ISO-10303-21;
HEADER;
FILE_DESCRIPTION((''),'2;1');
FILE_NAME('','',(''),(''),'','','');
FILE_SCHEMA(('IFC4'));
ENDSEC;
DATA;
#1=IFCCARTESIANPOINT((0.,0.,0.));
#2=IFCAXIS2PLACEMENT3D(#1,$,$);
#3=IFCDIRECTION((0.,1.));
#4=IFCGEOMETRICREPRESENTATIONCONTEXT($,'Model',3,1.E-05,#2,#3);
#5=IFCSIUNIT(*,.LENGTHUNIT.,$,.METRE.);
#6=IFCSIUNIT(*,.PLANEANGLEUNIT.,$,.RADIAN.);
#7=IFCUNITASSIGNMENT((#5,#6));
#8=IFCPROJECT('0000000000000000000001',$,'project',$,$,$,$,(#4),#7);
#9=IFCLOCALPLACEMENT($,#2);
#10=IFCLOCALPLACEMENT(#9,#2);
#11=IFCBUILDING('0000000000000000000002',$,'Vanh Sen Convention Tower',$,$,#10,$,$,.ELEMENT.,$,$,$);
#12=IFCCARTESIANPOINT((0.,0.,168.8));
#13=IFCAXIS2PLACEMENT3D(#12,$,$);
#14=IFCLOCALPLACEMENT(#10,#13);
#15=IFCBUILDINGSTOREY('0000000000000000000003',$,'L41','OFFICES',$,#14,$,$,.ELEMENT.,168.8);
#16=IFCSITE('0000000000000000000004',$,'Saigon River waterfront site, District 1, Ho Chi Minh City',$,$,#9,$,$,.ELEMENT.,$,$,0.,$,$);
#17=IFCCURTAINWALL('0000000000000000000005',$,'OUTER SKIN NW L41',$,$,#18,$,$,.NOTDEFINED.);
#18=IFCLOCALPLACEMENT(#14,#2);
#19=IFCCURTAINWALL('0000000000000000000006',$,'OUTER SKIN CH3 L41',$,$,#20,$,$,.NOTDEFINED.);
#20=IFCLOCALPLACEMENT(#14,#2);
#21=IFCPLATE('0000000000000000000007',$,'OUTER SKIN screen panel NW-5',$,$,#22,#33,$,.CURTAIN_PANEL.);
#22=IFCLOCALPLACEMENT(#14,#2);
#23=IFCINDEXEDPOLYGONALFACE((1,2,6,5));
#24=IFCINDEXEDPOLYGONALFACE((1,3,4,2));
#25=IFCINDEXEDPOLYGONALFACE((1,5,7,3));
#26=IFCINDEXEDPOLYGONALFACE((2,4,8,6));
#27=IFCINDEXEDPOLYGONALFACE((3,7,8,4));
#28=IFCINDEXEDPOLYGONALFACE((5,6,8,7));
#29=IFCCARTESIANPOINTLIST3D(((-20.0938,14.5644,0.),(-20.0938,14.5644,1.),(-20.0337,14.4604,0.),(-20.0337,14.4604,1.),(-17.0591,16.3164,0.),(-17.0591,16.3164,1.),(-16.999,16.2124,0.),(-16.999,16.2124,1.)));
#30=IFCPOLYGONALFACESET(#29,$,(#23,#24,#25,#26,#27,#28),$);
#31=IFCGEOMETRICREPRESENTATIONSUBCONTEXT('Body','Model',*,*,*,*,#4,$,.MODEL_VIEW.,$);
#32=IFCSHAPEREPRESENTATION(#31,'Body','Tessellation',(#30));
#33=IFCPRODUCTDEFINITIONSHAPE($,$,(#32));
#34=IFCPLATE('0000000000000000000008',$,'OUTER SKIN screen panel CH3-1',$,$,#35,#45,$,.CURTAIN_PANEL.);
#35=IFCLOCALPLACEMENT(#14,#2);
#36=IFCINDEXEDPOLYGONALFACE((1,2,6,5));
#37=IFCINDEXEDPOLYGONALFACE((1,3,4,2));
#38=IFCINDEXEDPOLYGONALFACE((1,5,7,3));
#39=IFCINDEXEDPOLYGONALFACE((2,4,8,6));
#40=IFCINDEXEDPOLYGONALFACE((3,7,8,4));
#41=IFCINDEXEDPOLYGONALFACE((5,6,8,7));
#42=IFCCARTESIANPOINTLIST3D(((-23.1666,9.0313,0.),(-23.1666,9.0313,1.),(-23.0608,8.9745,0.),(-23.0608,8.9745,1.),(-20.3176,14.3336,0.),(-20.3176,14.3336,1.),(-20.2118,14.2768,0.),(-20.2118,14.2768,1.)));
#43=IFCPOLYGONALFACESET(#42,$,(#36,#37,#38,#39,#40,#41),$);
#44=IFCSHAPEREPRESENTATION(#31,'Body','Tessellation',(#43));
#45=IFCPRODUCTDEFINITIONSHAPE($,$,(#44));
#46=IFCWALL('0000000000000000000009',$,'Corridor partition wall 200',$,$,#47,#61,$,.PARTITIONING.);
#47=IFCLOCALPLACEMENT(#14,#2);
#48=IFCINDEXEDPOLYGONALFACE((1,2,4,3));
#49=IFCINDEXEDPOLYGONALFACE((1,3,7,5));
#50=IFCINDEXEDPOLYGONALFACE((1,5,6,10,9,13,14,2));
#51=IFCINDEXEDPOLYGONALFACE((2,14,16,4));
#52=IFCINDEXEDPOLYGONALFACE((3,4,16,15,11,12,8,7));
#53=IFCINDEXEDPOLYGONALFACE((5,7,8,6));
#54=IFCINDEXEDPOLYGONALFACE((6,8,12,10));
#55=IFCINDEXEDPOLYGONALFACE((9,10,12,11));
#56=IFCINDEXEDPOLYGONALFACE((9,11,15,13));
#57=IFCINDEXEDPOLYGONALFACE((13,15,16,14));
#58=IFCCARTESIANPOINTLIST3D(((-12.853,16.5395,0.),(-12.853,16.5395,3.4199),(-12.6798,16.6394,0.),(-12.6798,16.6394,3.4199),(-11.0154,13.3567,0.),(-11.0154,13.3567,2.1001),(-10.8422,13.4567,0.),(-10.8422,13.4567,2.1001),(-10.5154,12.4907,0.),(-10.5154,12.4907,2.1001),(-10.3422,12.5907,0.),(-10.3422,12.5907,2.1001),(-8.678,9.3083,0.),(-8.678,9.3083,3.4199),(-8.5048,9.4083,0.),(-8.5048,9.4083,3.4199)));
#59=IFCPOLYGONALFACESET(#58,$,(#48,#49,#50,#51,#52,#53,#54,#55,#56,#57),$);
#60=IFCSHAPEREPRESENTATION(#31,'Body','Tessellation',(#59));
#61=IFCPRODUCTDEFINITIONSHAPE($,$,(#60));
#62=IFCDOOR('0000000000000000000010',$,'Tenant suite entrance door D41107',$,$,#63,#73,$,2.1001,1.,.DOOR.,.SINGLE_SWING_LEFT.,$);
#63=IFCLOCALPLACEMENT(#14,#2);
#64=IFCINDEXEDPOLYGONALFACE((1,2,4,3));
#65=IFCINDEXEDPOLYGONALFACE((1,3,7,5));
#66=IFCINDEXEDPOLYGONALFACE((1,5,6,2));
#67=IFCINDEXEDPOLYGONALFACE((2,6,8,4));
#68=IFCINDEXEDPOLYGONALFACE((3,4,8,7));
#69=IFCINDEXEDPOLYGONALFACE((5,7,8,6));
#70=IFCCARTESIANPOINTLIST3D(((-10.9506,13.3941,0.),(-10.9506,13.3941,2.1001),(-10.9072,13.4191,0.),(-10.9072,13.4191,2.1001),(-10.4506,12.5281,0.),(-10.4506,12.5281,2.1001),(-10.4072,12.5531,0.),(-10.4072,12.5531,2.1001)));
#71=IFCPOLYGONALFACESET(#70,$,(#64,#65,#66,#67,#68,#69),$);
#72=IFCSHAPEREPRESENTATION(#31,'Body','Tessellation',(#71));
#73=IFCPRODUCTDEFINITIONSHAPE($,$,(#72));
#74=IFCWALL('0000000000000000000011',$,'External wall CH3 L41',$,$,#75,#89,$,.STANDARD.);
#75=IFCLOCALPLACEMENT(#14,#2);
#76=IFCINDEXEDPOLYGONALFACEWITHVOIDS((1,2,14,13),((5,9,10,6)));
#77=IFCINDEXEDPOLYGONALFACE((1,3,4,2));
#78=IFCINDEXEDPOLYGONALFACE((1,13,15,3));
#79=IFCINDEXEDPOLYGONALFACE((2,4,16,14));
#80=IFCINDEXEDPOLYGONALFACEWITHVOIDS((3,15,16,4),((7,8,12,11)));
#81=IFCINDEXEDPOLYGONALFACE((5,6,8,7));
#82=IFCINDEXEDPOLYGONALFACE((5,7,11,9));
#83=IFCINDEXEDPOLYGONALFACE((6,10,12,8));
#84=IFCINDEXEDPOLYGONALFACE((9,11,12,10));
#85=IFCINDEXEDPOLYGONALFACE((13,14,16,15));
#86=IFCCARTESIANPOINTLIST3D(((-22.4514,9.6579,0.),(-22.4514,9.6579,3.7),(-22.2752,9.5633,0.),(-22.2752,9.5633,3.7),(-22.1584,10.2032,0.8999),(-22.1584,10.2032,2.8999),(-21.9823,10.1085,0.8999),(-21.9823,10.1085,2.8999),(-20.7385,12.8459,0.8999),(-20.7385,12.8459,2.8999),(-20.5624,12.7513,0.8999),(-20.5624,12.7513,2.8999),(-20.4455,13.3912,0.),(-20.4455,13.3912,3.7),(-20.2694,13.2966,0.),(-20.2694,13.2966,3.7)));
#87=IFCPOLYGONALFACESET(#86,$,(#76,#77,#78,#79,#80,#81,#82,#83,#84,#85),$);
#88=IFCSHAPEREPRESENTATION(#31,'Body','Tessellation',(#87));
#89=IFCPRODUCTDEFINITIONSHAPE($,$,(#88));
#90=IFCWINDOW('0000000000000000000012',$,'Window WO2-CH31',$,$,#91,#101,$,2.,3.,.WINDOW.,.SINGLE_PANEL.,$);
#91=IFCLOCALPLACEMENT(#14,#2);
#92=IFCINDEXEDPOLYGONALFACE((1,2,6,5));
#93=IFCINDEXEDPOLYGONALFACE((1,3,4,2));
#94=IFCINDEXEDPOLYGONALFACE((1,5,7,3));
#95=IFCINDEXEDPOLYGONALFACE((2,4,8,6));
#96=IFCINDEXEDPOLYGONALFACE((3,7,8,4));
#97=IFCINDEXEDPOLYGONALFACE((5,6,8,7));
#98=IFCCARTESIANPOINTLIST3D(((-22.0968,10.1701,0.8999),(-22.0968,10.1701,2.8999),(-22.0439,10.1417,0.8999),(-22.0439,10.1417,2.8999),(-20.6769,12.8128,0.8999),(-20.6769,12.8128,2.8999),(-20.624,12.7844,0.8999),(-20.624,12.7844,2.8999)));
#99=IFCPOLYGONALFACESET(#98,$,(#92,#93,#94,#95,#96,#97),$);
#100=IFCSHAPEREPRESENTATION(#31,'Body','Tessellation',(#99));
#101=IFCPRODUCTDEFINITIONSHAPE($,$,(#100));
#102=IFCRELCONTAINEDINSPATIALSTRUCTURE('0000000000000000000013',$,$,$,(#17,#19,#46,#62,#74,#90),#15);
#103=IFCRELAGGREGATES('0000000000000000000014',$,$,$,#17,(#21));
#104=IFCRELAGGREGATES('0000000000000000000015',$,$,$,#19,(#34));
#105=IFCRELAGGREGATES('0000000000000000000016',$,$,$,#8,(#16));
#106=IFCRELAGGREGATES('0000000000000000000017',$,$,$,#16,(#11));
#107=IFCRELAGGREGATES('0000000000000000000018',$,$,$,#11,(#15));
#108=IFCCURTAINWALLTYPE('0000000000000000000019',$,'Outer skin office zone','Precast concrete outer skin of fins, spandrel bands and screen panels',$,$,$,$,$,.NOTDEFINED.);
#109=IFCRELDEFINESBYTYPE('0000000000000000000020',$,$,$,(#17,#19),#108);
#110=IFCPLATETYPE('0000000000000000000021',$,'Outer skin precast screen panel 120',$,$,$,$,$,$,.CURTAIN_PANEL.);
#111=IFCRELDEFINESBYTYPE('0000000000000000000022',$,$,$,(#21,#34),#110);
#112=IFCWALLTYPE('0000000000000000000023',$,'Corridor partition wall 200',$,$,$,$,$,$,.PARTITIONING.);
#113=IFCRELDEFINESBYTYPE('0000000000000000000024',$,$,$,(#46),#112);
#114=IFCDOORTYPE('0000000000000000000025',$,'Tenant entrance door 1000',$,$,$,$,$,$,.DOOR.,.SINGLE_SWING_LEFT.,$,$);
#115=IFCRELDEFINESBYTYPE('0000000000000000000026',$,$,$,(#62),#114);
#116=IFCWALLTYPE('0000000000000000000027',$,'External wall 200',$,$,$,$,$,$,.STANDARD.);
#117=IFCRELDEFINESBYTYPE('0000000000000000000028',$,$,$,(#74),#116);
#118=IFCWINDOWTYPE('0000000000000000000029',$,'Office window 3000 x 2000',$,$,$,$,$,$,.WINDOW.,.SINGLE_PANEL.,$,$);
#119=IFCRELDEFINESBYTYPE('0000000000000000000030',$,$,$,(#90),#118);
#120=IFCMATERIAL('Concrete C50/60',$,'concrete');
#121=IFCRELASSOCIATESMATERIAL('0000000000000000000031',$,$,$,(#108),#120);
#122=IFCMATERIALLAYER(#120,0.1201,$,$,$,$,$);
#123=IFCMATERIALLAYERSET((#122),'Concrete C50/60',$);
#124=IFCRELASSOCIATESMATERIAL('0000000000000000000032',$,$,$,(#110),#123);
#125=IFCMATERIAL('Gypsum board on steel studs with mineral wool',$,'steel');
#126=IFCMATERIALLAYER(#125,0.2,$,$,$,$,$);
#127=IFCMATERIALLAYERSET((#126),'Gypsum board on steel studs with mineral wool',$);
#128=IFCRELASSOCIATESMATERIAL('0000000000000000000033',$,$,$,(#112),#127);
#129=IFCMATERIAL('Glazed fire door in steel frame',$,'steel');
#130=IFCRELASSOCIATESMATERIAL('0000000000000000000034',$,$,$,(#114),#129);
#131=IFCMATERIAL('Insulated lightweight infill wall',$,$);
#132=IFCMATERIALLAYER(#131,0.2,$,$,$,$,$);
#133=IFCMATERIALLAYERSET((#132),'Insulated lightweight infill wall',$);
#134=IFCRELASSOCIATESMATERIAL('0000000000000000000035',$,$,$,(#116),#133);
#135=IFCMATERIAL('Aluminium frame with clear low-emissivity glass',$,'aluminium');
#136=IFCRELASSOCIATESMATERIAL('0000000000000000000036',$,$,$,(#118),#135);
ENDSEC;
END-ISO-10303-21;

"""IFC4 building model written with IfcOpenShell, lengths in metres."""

from ifc_helpers import new_model, si_unit, direction, frame, frame_2d, origin, origin_2d, place, context, subcontext, project, spatial, rectangle, extrude, material, layer, layer_set, type_object, element, fill, aggregate, save


model = new_model("IFC4")

# Units and contexts
model_context = context("Model", 3, precision=1e-05, world=origin(), true_north=direction((0.0, 1.0)))
body_context = subcontext(model_context, "Body", "Model", "MODEL_VIEW")
ifc_project = project(units=[si_unit("LENGTHUNIT", "METRE"), si_unit("PLANEANGLEUNIT", "RADIAN")], contexts=[model_context])

# Site, building, storey
site_placement = place(None, origin())
site = spatial("IfcSite", under=ifc_project, at=site_placement, Name="Saigon River waterfront site, District 1, Ho Chi Minh City", CompositionType="ELEMENT", RefElevation=0.0)
building_placement = place(site_placement, origin())
building = spatial("IfcBuilding", under=site, at=building_placement, Name="Vanh Sen Convention Tower", CompositionType="ELEMENT")
storey_placement = place(building_placement, frame((0.0, 0.0, 168.8)))
storey = spatial("IfcBuildingStorey", under=building, at=storey_placement, Name="L41", Description="OFFICES", CompositionType="ELEMENT", Elevation=168.8)

# Curtain wall
ifc_material_1 = material(Name="Concrete C50/60", Category="concrete")
curtain_wall_type = type_object("IfcCurtainWallType", Name="Outer skin office zone", Description="Precast concrete outer skin of fins, spandrel bands and screen panels", PredefinedType="NOTDEFINED", material=ifc_material_1)
curtain_wall_1_placement = place(storey_placement, origin())
curtain_wall_1 = element("IfcCurtainWall", 1, at=curtain_wall_1_placement, inside=storey, type_object=curtain_wall_type, Name="OUTER SKIN NW L41", PredefinedType="NOTDEFINED")

# Curtain wall
curtain_wall_2_placement = place(storey_placement, origin())
curtain_wall_2 = element("IfcCurtainWall", 2, at=curtain_wall_2_placement, inside=storey, type_object=curtain_wall_type, Name="OUTER SKIN CH3 L41", PredefinedType="NOTDEFINED")

# Plates
ifc_layer_1 = layer(ifc_material_1, 0.1201)
ifc_layer_set_1 = layer_set([ifc_layer_1], Name="Concrete C50/60")
plate_type = type_object("IfcPlateType", Name="Outer skin precast screen panel 120", PredefinedType="CURTAIN_PANEL", material=ifc_layer_set_1)
plate_1_placement = place(storey_placement, frame((-18.5464, 15.3884, 0.0), z_axis=(0.0, 0.0, 1.0), x_axis=(-0.866035, -0.499983, 0.0)))
plate_1 = element("IfcPlate", 3, at=plate_1_placement, type_object=plate_type, Name="OUTER SKIN screen panel NW-5", PredefinedType="CURTAIN_PANEL", context=body_context, shape_type="SweptSolid", body=[
    extrude(rectangle(XDim=3.5042, YDim=0.1201, at=origin_2d()), origin(), (0.0, 0.0, 1.0), 1.0),
])
aggregate(curtain_wall_1, [plate_1])
plate_2_placement = place(storey_placement, frame((-21.6892, 11.6541, 0.0), z_axis=(0.0, 0.0, 1.0), x_axis=(-0.473318, -0.880892, 0.0)))
plate_2 = element("IfcPlate", 4, at=plate_2_placement, type_object=plate_type, Name="OUTER SKIN screen panel CH3-1", PredefinedType="CURTAIN_PANEL", context=body_context, shape_type="SweptSolid", body=[
    extrude(rectangle(XDim=6.0193, YDim=0.1201, at=origin_2d()), origin(), (0.0, 0.0, 1.0), 1.0),
])
aggregate(curtain_wall_2, [plate_2])

# Wall, opening, door
ifc_material_2 = material(Name="Gypsum board on steel studs with mineral wool", Category="steel")
ifc_layer_2 = layer(ifc_material_2, 0.2)
ifc_layer_set_2 = layer_set([ifc_layer_2], Name="Gypsum board on steel studs with mineral wool")
wall_type_1 = type_object("IfcWallType", Name="Corridor partition wall 200", PredefinedType="PARTITIONING", material=ifc_layer_set_2)
wall_1_placement = place(storey_placement, frame((-12.7664, 16.5894, 0.0), z_axis=(0.0, 0.0, 1.0), x_axis=(0.50001, -0.86602, 0.0)))
wall_1 = element("IfcWall", 5, at=wall_1_placement, inside=storey, type_object=wall_type_1, Name="Corridor partition wall 200", PredefinedType="PARTITIONING", context=body_context, shape_type="SweptSolid", body=[
    extrude(rectangle(XDim=8.3499, YDim=0.2, at=frame_2d((4.1748, 0.0))), origin(), (0.0, 0.0, 1.0), 3.4199),
])
opening_1_placement = place(wall_1_placement, frame((3.675, 0.0, 0.0)))
opening_1 = element("IfcOpeningElement", 6, at=opening_1_placement, cuts=wall_1, PredefinedType="OPENING", context=body_context, shape_type="SweptSolid", body=[
    extrude(rectangle(XDim=1.0, YDim=2.1001, at=frame_2d((0.5, 1.05))), frame((0.0, 0.1099, 0.0), z_axis=(0.0, -1.0, 0.0), x_axis=(1.0, 0.0, 0.0)), (0.0, 0.0, 1.0), 0.22),
])
ifc_material_3 = material(Name="Glazed fire door in steel frame", Category="steel")
door_type = type_object("IfcDoorType", Name="Tenant entrance door 1000", OperationType="SINGLE_SWING_LEFT", PredefinedType="DOOR", material=ifc_material_3)
door_placement = place(opening_1_placement, origin())
door = element("IfcDoor", 7, at=door_placement, inside=storey, type_object=door_type, Name="Tenant suite entrance door D41107", OperationType="SINGLE_SWING_LEFT", OverallHeight=2.1001, OverallWidth=1.0, PredefinedType="DOOR", context=body_context, shape_type="SweptSolid", body=[
    extrude(rectangle(XDim=1.0, YDim=2.1001, at=frame_2d((0.5, 1.05))), frame((0.0, 0.0249, 0.0), z_axis=(0.0, -1.0, 0.0), x_axis=(1.0, 0.0, 0.0)), (0.0, 0.0, 1.0), 0.05),
])
fill(opening_1, door)

# Wall, opening, window
ifc_material_4 = material(Name="Insulated lightweight infill wall")
ifc_layer_3 = layer(ifc_material_4, 0.2)
ifc_layer_set_3 = layer_set([ifc_layer_3], Name="Insulated lightweight infill wall")
wall_type_2 = type_object("IfcWallType", Name="External wall 200", PredefinedType="STANDARD", material=ifc_layer_set_3)
wall_2_placement = place(storey_placement, frame((-20.3574, 13.344, 0.0), z_axis=(0.0, 0.0, 1.0), x_axis=(-0.473289, -0.880907, 0.0)))
wall_2 = element("IfcWall", 8, at=wall_2_placement, inside=storey, type_object=wall_type_2, Name="External wall CH3 L41", PredefinedType="STANDARD", context=body_context, shape_type="SweptSolid", body=[
    extrude(rectangle(XDim=4.238, YDim=0.2, at=frame_2d((2.1191, 0.0))), origin(), (0.0, 0.0, 1.0), 3.7),
])
opening_2_placement = place(wall_2_placement, frame((0.6191, 0.0, 0.8999)))
opening_2 = element("IfcOpeningElement", 9, at=opening_2_placement, cuts=wall_2, PredefinedType="OPENING", context=body_context, shape_type="SweptSolid", body=[
    extrude(rectangle(XDim=3.0, YDim=2.0, at=frame_2d((1.5, 1.0))), frame((0.0, 0.1099, 0.0), z_axis=(0.0, -1.0, 0.0), x_axis=(1.0, 0.0, 0.0)), (0.0, 0.0, 1.0), 0.22),
])
ifc_material_5 = material(Name="Aluminium frame with clear low-emissivity glass", Category="aluminium")
window_type_1 = type_object("IfcWindowType", Name="Office window 3000 x 2000", PartitioningType="SINGLE_PANEL", PredefinedType="WINDOW", material=ifc_material_5)
window_1_placement = place(opening_2_placement, origin())
window_1 = element("IfcWindow", 10, at=window_1_placement, inside=storey, type_object=window_type_1, Name="Window WO2-CH31", OverallHeight=2.0, OverallWidth=3.0, PartitioningType="SINGLE_PANEL", PredefinedType="WINDOW", context=body_context, shape_type="SweptSolid", body=[
    extrude(rectangle(XDim=3.0, YDim=2.0, at=frame_2d((1.5, 1.0))), frame((0.0, 0.03, 0.0), z_axis=(0.0, -1.0, 0.0), x_axis=(1.0, 0.0, 0.0)), (0.0, 0.0, 1.0), 0.0601),
])
fill(opening_2, window_1)

save(model, "model.ifc")
